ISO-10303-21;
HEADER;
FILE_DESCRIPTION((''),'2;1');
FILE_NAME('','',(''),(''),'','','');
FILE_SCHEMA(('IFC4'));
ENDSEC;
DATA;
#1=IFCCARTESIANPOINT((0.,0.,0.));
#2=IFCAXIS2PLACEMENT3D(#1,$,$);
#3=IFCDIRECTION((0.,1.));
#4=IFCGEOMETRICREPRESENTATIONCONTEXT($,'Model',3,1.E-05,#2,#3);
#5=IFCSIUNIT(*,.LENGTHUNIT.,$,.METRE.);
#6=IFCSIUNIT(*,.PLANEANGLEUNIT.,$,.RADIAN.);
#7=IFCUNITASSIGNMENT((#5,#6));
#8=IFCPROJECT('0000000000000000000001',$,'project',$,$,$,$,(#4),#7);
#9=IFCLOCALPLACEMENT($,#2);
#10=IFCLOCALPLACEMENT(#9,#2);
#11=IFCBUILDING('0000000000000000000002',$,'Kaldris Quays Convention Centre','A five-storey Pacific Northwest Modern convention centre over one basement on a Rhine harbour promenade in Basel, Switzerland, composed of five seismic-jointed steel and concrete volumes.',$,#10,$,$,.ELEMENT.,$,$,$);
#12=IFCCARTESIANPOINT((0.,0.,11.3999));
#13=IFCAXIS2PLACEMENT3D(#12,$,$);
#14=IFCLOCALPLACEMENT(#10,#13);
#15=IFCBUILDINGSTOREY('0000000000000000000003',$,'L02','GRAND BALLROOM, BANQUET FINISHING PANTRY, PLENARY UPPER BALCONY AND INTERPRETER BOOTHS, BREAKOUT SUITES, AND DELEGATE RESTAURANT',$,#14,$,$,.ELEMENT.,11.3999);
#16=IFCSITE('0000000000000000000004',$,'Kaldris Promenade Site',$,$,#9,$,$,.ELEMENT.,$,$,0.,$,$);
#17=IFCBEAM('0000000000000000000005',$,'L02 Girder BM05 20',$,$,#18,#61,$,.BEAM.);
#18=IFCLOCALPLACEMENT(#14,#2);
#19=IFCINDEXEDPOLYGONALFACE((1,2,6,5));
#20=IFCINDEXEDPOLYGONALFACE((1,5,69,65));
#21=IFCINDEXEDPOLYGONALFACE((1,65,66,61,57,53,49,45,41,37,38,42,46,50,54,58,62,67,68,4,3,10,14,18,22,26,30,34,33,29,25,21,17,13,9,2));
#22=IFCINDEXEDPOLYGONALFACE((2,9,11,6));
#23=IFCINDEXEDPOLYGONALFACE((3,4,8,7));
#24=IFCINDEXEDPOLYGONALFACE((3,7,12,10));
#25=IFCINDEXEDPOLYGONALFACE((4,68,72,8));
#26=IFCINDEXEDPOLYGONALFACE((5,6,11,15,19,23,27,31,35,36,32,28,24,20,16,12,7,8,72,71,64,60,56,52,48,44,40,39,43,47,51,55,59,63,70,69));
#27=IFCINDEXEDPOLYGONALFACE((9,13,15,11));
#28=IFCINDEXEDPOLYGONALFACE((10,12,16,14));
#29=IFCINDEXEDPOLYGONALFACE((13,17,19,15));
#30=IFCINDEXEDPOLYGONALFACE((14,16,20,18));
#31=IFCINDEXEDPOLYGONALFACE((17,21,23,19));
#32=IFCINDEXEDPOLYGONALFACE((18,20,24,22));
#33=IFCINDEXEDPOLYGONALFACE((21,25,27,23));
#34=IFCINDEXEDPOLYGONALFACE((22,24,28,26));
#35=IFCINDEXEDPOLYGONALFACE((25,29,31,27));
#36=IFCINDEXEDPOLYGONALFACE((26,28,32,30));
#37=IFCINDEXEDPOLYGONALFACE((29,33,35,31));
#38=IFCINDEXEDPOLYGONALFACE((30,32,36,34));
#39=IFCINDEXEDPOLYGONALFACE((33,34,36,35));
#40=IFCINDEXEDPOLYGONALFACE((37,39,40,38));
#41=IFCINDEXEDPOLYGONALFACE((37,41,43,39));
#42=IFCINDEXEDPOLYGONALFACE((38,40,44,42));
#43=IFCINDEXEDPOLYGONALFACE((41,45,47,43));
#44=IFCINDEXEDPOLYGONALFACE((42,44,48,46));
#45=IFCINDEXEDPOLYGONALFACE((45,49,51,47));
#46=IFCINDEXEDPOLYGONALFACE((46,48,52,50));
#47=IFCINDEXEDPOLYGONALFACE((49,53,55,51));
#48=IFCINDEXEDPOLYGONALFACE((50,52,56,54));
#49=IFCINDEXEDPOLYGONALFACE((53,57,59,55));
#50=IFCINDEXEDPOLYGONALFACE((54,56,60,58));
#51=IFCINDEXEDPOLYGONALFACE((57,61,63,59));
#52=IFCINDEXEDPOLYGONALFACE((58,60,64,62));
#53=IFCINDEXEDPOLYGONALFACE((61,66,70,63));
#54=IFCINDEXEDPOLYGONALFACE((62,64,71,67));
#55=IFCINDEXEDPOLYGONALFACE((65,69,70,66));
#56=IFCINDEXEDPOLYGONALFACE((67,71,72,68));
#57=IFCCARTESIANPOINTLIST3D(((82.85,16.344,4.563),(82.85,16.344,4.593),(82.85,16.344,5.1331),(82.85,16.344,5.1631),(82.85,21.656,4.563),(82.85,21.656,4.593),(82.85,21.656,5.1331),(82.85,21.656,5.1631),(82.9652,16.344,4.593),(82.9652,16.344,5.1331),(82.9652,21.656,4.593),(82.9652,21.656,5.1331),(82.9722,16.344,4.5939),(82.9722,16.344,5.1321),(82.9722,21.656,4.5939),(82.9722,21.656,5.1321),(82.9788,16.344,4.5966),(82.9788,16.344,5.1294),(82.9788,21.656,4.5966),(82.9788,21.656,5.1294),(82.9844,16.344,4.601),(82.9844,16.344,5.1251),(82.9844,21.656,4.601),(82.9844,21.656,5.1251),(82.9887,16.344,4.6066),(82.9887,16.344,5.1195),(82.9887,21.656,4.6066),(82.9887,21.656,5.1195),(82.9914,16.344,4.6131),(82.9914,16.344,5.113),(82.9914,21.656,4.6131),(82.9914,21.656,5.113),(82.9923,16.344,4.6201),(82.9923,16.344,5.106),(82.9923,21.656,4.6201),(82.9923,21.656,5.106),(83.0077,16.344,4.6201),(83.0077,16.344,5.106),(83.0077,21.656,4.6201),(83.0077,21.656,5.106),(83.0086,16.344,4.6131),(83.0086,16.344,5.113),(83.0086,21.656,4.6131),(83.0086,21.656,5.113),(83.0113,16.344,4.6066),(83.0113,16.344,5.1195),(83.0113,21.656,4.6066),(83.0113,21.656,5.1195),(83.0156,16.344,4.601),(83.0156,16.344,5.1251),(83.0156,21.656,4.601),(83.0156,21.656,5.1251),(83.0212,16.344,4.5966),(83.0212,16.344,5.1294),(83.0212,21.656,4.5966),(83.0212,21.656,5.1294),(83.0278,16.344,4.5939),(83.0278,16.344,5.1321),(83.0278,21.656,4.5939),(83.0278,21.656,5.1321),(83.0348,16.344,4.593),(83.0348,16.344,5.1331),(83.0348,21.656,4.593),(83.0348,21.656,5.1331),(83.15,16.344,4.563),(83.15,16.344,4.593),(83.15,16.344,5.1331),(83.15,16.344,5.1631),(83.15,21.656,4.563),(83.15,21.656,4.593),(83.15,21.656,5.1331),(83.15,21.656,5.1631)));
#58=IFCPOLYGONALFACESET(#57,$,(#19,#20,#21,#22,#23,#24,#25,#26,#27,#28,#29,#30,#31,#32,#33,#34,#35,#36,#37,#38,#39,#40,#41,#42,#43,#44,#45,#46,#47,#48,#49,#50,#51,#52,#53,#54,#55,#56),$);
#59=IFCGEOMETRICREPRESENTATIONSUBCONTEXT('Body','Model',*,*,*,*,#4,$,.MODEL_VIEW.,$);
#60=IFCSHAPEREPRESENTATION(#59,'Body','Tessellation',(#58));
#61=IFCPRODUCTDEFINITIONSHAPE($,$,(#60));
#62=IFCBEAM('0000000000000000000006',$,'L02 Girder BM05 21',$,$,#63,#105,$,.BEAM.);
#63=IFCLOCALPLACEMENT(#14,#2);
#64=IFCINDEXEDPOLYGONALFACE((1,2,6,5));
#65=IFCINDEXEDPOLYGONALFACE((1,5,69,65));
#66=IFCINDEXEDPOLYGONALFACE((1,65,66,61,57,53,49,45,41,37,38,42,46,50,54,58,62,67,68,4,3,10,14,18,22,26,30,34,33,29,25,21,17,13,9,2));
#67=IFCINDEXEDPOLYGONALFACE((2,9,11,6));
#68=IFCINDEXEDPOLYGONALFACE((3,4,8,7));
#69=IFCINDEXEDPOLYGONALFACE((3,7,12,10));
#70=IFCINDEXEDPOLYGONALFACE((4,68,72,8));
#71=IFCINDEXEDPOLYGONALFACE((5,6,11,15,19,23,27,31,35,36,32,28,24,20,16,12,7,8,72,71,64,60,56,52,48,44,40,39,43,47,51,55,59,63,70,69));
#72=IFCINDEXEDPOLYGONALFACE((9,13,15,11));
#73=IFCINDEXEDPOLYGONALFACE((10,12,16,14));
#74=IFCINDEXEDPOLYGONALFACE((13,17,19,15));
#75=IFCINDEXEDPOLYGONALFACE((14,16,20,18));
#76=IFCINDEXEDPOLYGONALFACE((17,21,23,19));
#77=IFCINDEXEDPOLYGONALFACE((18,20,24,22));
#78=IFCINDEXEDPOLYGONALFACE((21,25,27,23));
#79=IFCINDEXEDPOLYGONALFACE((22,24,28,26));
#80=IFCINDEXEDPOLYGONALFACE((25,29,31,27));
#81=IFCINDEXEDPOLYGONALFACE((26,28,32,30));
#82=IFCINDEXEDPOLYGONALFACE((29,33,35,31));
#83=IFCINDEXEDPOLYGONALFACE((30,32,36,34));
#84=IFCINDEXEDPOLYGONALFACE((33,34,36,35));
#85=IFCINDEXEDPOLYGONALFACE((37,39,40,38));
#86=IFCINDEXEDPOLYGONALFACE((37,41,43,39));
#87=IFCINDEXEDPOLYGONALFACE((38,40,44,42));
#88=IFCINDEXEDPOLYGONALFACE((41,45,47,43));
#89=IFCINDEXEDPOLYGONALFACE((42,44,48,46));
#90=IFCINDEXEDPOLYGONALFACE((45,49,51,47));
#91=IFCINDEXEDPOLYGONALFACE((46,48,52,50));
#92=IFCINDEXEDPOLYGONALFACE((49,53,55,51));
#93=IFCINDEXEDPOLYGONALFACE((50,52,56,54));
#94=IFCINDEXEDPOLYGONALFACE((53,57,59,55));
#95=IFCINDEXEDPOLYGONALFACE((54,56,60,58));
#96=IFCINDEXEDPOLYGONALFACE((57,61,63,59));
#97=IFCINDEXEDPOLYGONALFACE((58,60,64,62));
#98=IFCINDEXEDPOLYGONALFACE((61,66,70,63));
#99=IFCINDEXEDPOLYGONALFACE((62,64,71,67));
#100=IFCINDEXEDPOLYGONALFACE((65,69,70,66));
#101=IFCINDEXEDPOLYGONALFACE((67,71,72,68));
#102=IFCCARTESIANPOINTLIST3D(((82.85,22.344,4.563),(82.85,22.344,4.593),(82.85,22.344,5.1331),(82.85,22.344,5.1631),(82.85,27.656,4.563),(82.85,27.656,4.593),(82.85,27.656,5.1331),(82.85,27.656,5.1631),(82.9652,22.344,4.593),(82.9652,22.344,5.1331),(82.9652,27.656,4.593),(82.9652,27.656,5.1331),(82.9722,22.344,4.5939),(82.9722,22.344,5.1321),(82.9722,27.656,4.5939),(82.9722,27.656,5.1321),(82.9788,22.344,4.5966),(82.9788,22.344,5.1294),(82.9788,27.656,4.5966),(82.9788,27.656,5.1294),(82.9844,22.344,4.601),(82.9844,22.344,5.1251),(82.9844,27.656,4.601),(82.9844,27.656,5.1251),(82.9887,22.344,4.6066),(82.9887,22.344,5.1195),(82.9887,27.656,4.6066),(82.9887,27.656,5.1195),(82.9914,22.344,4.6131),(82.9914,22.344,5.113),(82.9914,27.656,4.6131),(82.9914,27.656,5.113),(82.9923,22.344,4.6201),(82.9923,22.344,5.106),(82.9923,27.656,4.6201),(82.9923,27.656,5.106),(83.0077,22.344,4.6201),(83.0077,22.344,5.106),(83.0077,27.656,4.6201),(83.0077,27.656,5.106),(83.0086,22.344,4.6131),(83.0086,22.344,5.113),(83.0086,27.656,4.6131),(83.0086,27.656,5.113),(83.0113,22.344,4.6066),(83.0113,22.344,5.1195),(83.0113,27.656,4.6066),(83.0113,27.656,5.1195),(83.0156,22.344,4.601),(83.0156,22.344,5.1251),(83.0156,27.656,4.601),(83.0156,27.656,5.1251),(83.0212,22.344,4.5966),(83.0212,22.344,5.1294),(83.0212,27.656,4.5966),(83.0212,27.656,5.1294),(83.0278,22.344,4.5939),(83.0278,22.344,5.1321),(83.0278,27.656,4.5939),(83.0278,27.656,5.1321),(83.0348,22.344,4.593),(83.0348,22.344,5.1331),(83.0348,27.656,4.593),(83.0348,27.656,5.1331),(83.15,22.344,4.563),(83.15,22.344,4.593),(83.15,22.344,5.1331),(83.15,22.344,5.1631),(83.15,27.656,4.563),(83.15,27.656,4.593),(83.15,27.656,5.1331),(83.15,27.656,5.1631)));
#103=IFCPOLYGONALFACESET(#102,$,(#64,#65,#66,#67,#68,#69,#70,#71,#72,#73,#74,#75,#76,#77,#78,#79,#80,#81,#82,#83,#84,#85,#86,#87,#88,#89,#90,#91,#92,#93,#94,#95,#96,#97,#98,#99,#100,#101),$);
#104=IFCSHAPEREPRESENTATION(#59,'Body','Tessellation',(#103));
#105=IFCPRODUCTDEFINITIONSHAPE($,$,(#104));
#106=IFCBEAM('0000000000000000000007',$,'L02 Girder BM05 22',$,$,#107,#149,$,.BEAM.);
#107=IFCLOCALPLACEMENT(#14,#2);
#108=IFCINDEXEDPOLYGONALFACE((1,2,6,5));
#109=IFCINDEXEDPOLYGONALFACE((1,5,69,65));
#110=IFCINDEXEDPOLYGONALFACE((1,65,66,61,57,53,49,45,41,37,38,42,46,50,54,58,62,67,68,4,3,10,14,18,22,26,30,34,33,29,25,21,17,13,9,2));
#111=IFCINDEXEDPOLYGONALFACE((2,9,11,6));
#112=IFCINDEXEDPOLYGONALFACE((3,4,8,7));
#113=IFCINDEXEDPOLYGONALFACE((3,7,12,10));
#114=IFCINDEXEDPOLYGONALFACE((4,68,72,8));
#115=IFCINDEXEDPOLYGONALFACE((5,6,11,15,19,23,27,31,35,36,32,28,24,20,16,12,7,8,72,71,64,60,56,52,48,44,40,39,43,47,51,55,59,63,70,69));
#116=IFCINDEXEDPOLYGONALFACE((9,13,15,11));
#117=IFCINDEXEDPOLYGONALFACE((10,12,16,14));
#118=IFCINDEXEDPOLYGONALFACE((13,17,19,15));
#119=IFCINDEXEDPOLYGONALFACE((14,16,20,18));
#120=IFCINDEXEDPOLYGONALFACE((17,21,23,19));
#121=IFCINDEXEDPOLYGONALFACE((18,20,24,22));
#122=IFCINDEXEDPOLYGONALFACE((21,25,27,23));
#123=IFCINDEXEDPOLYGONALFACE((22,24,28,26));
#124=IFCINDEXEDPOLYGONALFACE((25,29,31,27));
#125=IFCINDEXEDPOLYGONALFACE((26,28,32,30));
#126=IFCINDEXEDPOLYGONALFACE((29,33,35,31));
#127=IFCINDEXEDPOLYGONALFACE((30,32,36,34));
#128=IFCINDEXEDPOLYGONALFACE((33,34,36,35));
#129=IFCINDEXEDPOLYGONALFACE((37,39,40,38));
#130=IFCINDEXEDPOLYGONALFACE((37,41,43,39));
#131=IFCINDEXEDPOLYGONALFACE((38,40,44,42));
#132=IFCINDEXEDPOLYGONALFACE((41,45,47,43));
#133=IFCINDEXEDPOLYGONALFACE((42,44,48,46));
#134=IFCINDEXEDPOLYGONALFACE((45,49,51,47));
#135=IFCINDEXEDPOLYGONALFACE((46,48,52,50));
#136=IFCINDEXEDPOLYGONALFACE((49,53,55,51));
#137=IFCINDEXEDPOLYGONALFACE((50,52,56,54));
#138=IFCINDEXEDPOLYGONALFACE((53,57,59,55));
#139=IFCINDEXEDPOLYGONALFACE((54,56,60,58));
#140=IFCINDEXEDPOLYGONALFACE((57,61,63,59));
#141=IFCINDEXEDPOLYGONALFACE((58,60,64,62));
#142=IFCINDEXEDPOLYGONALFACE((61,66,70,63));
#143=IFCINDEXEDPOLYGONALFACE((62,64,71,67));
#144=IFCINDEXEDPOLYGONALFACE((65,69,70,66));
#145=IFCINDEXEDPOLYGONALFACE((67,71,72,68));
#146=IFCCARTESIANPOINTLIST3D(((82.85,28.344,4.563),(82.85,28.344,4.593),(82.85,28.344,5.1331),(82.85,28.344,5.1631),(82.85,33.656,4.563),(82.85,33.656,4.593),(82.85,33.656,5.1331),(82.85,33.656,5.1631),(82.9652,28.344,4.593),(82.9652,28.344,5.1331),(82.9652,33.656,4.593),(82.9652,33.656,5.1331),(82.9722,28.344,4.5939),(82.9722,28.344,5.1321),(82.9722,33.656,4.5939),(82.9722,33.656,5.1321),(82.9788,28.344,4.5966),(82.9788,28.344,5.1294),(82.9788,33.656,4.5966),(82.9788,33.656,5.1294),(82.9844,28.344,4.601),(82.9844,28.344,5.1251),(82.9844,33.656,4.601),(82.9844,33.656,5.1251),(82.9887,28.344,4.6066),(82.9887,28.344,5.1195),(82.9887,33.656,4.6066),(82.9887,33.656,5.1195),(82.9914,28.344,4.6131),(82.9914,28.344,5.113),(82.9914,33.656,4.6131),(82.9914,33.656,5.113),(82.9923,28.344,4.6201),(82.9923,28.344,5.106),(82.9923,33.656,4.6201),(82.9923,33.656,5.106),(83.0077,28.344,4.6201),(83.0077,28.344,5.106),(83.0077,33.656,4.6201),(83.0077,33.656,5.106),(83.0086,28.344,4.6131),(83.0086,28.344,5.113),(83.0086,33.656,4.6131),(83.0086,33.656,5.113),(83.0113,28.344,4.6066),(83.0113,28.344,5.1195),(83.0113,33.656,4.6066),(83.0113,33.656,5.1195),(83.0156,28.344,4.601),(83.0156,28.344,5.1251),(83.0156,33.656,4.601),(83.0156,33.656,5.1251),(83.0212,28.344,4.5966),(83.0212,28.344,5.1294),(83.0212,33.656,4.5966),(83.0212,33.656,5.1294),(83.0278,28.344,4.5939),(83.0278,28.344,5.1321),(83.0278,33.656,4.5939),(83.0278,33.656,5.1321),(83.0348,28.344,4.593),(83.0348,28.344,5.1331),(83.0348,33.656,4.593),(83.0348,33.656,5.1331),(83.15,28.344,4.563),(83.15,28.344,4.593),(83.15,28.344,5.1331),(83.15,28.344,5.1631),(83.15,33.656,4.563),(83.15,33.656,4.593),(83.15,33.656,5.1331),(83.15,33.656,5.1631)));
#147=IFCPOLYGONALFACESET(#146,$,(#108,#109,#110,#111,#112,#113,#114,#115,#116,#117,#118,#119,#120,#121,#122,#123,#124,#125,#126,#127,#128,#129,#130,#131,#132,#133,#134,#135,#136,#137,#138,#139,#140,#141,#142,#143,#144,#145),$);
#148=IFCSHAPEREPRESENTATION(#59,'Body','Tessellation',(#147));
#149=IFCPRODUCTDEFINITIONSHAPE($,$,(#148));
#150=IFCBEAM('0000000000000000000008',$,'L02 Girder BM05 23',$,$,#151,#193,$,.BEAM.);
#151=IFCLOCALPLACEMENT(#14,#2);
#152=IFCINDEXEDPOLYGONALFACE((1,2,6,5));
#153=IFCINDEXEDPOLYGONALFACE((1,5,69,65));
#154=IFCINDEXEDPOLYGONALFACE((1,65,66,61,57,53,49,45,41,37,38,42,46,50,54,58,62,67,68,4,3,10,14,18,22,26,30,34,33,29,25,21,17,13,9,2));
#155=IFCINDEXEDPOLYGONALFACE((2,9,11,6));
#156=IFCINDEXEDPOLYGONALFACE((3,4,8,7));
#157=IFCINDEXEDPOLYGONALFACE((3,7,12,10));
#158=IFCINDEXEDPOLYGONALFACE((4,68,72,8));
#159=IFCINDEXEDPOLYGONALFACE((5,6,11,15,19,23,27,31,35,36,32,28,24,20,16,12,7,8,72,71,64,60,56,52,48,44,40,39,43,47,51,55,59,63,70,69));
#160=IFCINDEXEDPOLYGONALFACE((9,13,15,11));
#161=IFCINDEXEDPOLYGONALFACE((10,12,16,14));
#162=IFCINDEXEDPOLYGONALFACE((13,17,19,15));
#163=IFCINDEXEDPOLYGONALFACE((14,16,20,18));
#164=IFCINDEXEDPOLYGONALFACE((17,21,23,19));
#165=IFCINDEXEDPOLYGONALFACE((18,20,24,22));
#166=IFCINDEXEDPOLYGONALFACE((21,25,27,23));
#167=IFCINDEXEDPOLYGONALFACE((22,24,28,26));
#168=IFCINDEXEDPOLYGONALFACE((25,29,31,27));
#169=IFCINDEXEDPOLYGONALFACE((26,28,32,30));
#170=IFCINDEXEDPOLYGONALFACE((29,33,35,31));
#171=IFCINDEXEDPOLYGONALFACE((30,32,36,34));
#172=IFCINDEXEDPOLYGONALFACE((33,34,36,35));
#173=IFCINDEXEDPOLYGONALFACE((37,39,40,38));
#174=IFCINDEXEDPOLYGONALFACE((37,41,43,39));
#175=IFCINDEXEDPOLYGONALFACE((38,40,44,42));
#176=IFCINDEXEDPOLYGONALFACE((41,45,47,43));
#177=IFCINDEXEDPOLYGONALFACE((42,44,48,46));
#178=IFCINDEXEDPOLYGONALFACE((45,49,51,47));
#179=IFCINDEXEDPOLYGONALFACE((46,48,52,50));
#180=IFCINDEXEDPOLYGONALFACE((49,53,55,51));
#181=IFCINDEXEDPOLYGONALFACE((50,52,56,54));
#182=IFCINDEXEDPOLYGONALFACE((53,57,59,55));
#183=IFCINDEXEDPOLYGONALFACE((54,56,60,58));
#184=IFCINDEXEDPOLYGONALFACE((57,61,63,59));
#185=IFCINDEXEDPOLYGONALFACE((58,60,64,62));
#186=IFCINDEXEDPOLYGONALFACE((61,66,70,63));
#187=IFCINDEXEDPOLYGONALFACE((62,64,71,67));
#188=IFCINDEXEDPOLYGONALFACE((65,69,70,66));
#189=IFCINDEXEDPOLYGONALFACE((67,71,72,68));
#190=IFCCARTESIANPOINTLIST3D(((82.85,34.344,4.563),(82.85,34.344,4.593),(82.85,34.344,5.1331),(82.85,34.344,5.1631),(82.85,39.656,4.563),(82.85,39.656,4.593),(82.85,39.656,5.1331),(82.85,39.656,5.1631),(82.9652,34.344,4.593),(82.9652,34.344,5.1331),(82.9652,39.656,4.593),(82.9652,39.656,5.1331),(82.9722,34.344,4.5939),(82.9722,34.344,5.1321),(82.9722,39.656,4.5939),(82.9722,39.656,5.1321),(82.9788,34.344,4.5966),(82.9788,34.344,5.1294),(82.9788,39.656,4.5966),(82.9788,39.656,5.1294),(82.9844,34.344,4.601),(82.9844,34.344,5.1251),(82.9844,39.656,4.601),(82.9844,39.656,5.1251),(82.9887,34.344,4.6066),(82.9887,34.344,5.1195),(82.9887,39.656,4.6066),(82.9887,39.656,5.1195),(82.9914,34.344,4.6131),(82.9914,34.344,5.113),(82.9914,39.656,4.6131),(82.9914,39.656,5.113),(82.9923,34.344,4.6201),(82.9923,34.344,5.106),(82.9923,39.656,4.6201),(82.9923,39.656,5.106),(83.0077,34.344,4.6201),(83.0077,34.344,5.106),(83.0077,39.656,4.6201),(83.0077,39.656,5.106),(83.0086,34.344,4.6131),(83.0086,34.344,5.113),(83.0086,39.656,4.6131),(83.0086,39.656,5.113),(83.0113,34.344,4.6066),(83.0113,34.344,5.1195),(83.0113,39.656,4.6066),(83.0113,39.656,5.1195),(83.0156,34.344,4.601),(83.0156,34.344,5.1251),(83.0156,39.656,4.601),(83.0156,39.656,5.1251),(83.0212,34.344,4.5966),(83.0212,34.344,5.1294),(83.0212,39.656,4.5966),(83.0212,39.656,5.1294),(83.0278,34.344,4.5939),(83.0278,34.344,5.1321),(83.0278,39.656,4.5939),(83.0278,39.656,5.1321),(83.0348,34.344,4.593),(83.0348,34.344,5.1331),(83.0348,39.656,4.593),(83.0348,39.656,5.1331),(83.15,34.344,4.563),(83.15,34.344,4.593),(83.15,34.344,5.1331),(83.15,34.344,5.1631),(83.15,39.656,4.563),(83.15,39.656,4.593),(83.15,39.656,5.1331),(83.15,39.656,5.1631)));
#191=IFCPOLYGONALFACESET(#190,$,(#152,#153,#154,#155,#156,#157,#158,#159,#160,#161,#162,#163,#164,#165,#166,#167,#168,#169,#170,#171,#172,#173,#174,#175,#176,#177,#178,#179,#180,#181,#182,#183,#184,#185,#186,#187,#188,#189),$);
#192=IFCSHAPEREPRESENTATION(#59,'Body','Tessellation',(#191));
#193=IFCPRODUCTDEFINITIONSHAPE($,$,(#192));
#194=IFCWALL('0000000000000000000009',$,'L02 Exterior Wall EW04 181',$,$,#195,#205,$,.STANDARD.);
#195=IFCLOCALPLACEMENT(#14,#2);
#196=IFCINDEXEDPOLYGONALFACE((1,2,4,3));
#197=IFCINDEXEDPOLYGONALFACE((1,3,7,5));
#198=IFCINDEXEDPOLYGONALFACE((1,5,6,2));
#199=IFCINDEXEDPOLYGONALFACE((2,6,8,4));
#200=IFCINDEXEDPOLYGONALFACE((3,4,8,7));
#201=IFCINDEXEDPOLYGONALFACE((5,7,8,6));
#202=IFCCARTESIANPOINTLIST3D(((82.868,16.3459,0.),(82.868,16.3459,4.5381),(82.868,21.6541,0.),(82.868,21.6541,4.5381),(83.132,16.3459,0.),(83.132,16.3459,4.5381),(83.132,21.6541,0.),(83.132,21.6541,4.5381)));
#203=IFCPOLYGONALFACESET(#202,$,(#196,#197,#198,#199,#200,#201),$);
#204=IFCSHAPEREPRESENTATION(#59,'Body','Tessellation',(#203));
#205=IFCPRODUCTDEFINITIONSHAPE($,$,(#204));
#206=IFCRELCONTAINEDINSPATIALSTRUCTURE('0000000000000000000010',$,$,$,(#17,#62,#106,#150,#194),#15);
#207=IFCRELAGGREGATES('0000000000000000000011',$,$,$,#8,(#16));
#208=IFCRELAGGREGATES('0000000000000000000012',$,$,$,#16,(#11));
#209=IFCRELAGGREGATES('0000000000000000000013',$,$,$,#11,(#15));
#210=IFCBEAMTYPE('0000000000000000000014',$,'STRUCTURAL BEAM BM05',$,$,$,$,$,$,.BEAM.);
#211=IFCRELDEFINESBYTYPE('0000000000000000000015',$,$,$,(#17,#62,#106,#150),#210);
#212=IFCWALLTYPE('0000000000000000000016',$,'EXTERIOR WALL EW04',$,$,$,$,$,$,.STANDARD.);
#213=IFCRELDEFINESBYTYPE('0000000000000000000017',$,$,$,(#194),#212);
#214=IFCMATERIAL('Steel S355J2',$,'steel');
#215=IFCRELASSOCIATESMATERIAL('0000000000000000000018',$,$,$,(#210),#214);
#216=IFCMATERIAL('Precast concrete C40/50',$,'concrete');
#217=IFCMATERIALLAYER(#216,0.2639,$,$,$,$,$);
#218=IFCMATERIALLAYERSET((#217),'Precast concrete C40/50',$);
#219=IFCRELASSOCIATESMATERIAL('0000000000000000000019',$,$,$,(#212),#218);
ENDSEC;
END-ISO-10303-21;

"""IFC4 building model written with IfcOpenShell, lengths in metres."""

from ifc_helpers import new_model, si_unit, direction, frame, frame_2d, origin, origin_2d, place, context, subcontext, project, spatial, rectangle, i_section, extrude, material, layer, layer_set, material_profile, profile_set, type_object, element, save


model = new_model("IFC4")

# Units and contexts
model_context = context("Model", 3, precision=1e-05, world=origin(), true_north=direction((0.0, 1.0)))
body_context = subcontext(model_context, "Body", "Model", "MODEL_VIEW")
ifc_project = project(units=[si_unit("LENGTHUNIT", "METRE"), si_unit("PLANEANGLEUNIT", "RADIAN")], contexts=[model_context])

# Site, building, storey
site_placement = place(None, origin())
site = spatial("IfcSite", under=ifc_project, at=site_placement, Name="Kaldris Promenade Site", CompositionType="ELEMENT", RefElevation=0.0)
building_placement = place(site_placement, origin())
building = spatial("IfcBuilding", under=site, at=building_placement, Name="Kaldris Quays Convention Centre", Description="A five-storey Pacific Northwest Modern convention centre over one basement on a Rhine harbour promenade in Basel, Switzerland, composed of five seismic-jointed steel and concrete volumes.", CompositionType="ELEMENT")
storey_placement = place(building_placement, frame((0.0, 0.0, 11.3999)))
storey = spatial("IfcBuildingStorey", under=building, at=storey_placement, Name="L02", Description="GRAND BALLROOM, BANQUET FINISHING PANTRY, PLENARY UPPER BALCONY AND INTERPRETER BOOTHS, BREAKOUT SUITES, AND DELEGATE RESTAURANT", CompositionType="ELEMENT", Elevation=11.3999)

# Shared definitions
ifc_material_1 = material(Name="Steel S355J2", Category="steel")

# Beams
ifc_material_profile_1 = material_profile(ifc_material_1, i_section(OverallWidth=0.3, OverallDepth=0.6001, WebThickness=0.0154, FlangeThickness=0.03, FilletRadius=0.0271, at=origin_2d()), Name="HEB 600")
ifc_profile_set_1 = profile_set([ifc_material_profile_1], Name="Steel S355J2")
beam_type = type_object("IfcBeamType", Name="STRUCTURAL BEAM BM05", PredefinedType="BEAM", material=ifc_profile_set_1)
for number, where, z_axis, x_axis, name in (
    (1, (83.0, 16.344, 4.863), (0.0, 1.0, 0.0), (-1.0, 0.0, 0.0), "L02 Girder BM05 20"),
    (2, (83.0, 22.344, 4.863), (0.0, 1.0, 0.0), (-1.0, 0.0, 0.0), "L02 Girder BM05 21"),
    (3, (83.0, 28.344, 4.863), (0.0, 1.0, 0.0), (-1.0, 0.0, 0.0), "L02 Girder BM05 22"),
    (4, (83.0, 34.344, 4.863), (0.0, 1.0, 0.0), (-1.0, 0.0, 0.0), "L02 Girder BM05 23"),
):
    element("IfcBeam", number, at=place(storey_placement, frame(where, z_axis=z_axis, x_axis=x_axis)), inside=storey, type_object=beam_type, Name=name, PredefinedType="BEAM", context=body_context, shape_type="SweptSolid", body=[
        extrude(i_section(OverallWidth=0.3, OverallDepth=0.6001, WebThickness=0.0154, FlangeThickness=0.03, FilletRadius=0.0271, at=origin_2d()), origin(), (0.0, 0.0, 1.0), 5.312),
    ])

# Wall
ifc_material_2 = material(Name="Precast concrete C40/50", Category="concrete")
ifc_layer_1 = layer(ifc_material_2, 0.2639)
ifc_layer_set_1 = layer_set([ifc_layer_1], Name="Precast concrete C40/50")
wall_type_1 = type_object("IfcWallType", Name="EXTERIOR WALL EW04", PredefinedType="STANDARD", material=ifc_layer_set_1)
for number, where, z_axis, x_axis, name in (
    (5, (83.0, 16.3459, 0.0), (0.0, 0.0, 1.0), (0.0, 1.0, 0.0), "L02 Exterior Wall EW04 181"),
):
    element("IfcWall", number, at=place(storey_placement, frame(where, z_axis=z_axis, x_axis=x_axis)), inside=storey, type_object=wall_type_1, Name=name, PredefinedType="STANDARD", context=body_context, shape_type="SweptSolid", body=[
        extrude(rectangle(XDim=5.3081, YDim=0.2639, at=frame_2d((2.6541, 0.0))), origin(), (0.0, 0.0, 1.0), 4.5381),
    ])

save(model, "model.ifc")
